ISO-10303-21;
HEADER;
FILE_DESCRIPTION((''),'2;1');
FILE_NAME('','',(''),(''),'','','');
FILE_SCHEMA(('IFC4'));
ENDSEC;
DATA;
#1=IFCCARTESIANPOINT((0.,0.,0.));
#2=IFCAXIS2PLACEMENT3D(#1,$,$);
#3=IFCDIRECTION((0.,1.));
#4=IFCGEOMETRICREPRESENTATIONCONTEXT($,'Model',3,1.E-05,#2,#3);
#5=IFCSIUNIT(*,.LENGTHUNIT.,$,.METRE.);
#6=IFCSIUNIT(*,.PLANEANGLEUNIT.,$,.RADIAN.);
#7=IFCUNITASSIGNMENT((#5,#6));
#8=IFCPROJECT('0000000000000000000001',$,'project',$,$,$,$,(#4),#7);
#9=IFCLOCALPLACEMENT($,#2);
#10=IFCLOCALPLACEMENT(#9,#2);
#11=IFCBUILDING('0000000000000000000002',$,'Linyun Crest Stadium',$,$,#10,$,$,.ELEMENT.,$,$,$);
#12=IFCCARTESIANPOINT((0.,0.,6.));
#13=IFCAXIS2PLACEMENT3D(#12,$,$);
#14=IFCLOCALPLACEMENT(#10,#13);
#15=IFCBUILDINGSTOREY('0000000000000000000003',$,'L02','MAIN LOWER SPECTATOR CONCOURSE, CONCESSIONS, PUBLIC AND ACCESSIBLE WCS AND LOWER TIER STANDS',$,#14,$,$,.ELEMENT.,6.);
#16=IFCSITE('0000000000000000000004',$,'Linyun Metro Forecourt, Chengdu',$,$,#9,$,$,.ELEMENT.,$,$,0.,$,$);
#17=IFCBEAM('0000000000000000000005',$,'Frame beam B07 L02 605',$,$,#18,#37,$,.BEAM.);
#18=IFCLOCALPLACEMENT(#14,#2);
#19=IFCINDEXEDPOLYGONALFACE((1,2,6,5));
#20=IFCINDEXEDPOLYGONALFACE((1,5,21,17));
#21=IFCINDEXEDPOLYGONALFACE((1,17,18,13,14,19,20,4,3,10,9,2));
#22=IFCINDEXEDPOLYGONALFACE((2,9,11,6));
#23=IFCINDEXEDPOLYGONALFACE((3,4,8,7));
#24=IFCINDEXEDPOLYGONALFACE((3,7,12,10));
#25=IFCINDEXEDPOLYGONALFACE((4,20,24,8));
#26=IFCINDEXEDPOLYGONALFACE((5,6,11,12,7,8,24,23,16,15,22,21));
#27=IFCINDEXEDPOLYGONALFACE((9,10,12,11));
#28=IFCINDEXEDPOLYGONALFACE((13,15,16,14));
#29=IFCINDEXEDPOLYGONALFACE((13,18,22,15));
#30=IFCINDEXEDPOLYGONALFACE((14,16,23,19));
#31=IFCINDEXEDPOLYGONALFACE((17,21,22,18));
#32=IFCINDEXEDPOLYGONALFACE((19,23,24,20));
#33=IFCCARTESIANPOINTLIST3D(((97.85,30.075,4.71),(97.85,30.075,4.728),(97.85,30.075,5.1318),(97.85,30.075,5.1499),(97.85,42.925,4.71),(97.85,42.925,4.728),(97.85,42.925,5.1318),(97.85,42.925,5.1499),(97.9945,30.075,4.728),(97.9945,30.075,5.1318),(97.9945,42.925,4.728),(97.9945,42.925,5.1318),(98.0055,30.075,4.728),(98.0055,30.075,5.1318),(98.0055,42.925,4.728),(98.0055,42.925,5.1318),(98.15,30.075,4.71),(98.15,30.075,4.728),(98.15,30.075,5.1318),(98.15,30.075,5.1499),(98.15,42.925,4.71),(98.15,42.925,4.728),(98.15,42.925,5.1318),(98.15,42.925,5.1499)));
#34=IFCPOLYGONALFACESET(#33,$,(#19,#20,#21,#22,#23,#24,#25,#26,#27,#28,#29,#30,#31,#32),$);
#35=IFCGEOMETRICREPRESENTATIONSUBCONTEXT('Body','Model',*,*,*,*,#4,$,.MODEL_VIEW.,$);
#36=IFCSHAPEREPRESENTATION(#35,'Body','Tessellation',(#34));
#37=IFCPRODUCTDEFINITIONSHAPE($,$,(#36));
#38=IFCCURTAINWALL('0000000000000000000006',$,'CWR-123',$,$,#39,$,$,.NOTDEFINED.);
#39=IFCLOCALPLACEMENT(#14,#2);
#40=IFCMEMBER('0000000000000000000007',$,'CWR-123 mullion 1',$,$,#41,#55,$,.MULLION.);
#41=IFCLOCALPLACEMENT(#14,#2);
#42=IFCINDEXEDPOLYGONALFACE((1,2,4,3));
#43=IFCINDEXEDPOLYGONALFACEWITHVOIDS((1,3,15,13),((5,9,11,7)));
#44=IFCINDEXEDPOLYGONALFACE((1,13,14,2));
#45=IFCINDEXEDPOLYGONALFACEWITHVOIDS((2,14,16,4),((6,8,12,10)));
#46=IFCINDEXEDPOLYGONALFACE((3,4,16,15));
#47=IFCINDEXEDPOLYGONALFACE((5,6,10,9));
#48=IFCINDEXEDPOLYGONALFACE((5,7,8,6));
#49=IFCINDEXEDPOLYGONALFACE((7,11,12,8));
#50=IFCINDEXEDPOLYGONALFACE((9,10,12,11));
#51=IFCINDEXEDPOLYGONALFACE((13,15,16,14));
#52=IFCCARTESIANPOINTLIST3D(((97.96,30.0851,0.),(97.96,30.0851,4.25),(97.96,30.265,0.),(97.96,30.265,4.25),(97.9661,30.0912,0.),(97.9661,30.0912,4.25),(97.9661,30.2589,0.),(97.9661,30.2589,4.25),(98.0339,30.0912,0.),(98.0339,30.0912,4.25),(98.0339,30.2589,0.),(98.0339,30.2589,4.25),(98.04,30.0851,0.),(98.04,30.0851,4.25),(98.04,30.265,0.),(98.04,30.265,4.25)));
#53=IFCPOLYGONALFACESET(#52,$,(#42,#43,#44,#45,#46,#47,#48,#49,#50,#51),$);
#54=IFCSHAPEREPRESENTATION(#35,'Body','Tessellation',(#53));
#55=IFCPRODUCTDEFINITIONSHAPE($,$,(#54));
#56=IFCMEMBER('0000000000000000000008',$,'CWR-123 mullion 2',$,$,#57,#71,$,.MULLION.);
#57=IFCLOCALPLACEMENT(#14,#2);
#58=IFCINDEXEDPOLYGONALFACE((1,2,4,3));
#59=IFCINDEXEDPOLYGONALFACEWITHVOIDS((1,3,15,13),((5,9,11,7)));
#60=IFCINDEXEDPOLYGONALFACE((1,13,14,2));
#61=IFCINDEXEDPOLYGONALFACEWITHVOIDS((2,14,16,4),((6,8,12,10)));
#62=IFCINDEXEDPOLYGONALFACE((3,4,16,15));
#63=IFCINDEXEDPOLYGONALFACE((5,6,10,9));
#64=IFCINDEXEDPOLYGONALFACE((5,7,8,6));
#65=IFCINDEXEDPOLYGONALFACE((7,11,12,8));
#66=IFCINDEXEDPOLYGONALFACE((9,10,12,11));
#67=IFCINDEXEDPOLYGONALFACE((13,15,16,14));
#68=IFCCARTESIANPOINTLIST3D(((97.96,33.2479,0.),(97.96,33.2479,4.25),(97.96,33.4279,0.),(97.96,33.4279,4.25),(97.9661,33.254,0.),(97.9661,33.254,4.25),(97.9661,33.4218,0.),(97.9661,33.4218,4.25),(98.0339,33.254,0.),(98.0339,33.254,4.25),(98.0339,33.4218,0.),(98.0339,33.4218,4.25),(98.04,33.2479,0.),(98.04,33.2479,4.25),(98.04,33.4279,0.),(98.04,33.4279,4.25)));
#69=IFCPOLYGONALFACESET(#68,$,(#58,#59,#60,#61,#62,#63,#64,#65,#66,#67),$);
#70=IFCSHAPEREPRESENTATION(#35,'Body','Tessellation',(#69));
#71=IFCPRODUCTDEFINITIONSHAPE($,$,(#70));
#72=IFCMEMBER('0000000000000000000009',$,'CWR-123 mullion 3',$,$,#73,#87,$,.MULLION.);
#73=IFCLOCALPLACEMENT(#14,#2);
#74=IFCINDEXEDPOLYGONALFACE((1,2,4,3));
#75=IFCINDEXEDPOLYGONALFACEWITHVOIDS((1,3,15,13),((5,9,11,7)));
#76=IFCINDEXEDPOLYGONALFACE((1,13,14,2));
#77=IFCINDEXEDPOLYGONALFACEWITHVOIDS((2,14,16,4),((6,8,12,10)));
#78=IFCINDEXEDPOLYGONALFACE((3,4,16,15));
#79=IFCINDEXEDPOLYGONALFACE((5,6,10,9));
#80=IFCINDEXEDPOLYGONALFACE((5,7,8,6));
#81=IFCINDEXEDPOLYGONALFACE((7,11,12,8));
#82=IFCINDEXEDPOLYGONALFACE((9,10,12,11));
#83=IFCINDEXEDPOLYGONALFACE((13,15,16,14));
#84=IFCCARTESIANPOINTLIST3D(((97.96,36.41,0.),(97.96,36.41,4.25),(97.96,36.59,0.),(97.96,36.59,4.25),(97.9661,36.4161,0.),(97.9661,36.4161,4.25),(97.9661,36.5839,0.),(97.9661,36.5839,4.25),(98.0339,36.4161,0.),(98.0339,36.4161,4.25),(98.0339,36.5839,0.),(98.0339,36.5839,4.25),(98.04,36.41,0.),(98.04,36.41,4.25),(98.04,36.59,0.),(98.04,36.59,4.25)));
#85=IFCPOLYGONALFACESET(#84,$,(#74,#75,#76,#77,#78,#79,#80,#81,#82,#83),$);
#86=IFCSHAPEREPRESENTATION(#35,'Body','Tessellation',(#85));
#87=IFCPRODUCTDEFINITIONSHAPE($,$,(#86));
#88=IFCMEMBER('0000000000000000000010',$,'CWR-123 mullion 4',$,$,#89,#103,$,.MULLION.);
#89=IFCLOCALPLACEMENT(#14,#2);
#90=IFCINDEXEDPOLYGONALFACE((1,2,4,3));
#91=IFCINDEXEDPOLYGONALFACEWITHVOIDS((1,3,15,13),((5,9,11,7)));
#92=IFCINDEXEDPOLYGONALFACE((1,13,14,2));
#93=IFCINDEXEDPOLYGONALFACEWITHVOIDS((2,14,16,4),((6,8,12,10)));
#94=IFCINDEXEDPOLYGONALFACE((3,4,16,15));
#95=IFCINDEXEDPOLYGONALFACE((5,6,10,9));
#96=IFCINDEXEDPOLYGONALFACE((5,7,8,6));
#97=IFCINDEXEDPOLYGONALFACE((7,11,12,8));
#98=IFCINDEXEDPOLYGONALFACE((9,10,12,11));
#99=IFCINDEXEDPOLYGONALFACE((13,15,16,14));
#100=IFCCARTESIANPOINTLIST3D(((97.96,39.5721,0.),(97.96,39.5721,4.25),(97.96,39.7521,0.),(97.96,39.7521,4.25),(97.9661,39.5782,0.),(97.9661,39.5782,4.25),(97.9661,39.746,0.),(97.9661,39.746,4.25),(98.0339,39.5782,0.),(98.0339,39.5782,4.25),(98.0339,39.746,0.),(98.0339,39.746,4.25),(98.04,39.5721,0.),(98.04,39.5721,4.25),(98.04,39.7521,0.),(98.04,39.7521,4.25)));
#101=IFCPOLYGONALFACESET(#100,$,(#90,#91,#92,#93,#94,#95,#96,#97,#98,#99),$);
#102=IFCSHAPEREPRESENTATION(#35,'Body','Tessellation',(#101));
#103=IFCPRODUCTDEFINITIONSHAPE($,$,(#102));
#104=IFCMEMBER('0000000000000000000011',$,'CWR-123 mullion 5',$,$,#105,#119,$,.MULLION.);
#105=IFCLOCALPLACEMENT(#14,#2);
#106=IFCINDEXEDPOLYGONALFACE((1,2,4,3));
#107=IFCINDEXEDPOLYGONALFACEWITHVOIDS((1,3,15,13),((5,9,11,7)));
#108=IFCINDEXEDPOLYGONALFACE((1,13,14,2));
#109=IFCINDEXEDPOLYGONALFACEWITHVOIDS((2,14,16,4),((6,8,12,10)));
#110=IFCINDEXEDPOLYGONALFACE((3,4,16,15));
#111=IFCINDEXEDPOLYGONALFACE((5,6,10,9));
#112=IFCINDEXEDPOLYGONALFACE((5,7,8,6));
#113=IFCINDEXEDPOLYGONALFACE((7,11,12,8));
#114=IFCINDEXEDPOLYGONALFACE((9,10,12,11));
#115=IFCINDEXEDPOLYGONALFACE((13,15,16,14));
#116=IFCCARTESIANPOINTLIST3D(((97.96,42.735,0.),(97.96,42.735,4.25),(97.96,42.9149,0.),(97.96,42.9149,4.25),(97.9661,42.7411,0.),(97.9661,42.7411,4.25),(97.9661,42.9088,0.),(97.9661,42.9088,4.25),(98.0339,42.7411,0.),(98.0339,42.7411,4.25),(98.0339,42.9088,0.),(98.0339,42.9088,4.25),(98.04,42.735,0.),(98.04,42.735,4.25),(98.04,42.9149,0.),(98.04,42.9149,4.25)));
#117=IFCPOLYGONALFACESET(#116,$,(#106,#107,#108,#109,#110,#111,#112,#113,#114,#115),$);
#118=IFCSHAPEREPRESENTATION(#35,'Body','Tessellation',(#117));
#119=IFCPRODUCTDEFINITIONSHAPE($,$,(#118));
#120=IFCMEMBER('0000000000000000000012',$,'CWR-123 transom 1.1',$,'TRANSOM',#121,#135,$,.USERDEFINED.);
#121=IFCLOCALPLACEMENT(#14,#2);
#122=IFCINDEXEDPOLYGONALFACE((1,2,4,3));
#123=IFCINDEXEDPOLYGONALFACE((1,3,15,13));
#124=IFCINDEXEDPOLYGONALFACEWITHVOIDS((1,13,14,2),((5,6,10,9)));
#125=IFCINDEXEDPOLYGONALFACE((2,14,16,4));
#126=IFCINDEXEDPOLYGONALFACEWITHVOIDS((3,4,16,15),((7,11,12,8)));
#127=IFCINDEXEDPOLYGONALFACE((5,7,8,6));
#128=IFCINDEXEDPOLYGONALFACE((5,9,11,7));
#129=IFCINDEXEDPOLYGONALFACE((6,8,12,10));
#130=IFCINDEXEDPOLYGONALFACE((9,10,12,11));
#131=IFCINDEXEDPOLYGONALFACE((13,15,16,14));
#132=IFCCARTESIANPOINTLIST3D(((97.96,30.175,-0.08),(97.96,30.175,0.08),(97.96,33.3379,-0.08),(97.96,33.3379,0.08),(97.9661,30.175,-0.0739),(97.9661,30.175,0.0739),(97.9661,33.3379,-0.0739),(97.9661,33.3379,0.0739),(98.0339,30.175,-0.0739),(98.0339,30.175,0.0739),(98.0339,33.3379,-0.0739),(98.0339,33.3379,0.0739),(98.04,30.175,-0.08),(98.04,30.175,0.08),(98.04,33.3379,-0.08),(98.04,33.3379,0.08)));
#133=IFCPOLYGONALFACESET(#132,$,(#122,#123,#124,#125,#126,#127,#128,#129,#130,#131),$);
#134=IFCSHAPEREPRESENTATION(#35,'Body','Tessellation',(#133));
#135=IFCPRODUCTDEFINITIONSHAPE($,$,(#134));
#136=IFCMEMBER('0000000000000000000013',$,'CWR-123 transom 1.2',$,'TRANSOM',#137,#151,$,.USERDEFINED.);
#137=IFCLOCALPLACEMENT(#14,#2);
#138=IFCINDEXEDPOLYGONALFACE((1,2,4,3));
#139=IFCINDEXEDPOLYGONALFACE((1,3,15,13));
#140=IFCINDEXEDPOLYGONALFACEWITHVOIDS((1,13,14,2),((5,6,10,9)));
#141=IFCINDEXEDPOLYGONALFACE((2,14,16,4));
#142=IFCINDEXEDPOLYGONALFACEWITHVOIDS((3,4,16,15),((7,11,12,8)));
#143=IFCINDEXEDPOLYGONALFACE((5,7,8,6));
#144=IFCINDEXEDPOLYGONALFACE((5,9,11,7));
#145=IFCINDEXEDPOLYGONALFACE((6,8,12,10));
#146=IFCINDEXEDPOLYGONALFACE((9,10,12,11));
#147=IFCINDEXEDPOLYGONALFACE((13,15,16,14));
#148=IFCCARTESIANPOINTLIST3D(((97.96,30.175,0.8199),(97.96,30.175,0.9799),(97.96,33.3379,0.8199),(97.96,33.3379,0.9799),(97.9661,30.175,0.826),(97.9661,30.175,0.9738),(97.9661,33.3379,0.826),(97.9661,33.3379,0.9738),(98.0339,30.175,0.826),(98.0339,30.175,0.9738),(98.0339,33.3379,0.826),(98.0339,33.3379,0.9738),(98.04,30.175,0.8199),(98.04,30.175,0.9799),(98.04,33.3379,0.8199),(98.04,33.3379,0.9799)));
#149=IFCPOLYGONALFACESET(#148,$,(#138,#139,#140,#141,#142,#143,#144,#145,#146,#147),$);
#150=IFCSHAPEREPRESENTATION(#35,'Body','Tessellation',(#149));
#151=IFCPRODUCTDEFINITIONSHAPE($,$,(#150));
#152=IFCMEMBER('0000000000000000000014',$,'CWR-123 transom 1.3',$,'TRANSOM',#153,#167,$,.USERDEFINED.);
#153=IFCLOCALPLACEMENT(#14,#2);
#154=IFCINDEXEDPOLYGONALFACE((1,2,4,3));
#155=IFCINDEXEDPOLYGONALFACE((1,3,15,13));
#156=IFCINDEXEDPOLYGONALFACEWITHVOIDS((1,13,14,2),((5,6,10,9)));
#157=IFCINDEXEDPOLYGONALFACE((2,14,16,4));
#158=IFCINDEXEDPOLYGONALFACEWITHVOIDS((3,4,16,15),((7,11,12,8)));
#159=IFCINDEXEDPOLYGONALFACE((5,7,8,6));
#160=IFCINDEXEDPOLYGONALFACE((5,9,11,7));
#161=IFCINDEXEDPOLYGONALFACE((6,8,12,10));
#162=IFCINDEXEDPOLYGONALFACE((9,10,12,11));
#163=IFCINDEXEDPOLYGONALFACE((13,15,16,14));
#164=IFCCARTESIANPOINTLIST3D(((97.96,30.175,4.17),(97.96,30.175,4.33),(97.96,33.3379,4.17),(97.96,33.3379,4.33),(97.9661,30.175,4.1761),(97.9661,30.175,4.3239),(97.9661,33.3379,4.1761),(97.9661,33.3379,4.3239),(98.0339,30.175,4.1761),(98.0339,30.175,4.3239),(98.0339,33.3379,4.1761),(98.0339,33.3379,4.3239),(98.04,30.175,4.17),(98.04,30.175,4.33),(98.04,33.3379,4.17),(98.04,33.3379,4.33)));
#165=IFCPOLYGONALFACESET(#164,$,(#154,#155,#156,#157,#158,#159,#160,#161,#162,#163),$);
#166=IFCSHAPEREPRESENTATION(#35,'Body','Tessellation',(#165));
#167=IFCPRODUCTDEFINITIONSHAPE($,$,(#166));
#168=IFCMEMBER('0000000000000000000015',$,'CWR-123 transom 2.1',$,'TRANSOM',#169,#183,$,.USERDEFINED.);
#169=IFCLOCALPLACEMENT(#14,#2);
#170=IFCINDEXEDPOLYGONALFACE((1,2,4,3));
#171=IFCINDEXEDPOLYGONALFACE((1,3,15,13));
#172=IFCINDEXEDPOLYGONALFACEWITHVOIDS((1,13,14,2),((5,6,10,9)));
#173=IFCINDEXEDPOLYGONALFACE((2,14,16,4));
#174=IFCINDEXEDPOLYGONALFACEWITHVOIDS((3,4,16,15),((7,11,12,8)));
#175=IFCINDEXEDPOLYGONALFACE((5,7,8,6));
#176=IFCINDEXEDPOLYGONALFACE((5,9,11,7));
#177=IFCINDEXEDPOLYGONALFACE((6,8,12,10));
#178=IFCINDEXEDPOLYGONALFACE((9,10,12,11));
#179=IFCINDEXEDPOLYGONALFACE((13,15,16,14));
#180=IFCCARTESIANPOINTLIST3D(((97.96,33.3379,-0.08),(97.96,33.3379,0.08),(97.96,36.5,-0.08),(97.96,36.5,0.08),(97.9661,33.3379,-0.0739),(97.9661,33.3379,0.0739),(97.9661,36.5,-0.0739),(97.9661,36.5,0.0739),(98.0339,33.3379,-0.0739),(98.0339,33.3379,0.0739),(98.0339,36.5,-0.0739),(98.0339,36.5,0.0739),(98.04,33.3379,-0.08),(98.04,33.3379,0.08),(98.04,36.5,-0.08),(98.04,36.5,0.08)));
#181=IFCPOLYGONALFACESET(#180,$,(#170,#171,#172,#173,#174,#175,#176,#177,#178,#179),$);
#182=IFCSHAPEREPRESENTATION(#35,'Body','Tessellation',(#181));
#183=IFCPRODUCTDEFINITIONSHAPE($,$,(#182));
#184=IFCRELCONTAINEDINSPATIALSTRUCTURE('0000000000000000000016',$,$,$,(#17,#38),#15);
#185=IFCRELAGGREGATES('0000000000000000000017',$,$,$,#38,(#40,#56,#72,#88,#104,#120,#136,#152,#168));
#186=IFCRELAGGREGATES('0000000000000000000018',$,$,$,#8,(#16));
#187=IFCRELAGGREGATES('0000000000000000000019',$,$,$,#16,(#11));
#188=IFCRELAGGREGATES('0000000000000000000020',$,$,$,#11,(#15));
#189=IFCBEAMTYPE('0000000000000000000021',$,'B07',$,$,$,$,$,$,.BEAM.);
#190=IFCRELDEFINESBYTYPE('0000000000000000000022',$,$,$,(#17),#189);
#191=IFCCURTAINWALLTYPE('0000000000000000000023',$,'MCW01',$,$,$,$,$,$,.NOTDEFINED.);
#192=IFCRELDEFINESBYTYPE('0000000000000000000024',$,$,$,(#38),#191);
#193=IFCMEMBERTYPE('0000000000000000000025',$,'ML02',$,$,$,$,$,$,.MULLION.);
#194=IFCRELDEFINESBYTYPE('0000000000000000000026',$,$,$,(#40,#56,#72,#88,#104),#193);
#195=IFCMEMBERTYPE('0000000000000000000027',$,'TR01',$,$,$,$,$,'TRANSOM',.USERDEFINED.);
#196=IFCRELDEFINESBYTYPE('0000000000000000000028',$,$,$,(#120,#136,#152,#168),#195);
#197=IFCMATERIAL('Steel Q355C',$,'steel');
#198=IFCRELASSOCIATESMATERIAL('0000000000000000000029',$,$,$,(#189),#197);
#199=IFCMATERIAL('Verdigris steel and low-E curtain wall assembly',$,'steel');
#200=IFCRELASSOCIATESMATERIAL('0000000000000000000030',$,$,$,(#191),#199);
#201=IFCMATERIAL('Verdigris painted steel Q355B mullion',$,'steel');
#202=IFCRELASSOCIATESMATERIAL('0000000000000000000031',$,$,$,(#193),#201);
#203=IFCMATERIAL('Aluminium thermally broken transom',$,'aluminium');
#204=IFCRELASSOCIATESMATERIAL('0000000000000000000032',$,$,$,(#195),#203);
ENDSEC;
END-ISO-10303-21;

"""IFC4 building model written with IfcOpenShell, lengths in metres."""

from ifc_helpers import new_model, si_unit, direction, frame, origin, origin_2d, place, context, subcontext, project, spatial, hollow_rectangle, i_section, extrude, material, material_profile, profile_set, type_object, element, aggregate, save


model = new_model("IFC4")

# Units and contexts
model_context = context("Model", 3, precision=1e-05, world=origin(), true_north=direction((0.0, 1.0)))
body_context = subcontext(model_context, "Body", "Model", "MODEL_VIEW")
ifc_project = project(units=[si_unit("LENGTHUNIT", "METRE"), si_unit("PLANEANGLEUNIT", "RADIAN")], contexts=[model_context])

# Site, building, storey
site_placement = place(None, origin())
site = spatial("IfcSite", under=ifc_project, at=site_placement, Name="Linyun Metro Forecourt, Chengdu", CompositionType="ELEMENT", RefElevation=0.0)
building_placement = place(site_placement, origin())
building = spatial("IfcBuilding", under=site, at=building_placement, Name="Linyun Crest Stadium", CompositionType="ELEMENT")
storey_placement = place(building_placement, frame((0.0, 0.0, 6.0)))
storey = spatial("IfcBuildingStorey", under=building, at=storey_placement, Name="L02", Description="MAIN LOWER SPECTATOR CONCOURSE, CONCESSIONS, PUBLIC AND ACCESSIBLE WCS AND LOWER TIER STANDS", CompositionType="ELEMENT", Elevation=6.0)

# Beam
ifc_material_1 = material(Name="Steel Q355C", Category="steel")
ifc_material_profile_1 = material_profile(ifc_material_1, i_section(OverallWidth=0.3, OverallDepth=0.4399, WebThickness=0.011, FlangeThickness=0.0181, at=origin_2d()), Name="HM 440x300")
ifc_profile_set_1 = profile_set([ifc_material_profile_1], Name="Steel Q355C")
beam_type = type_object("IfcBeamType", Name="B07", PredefinedType="BEAM", material=ifc_profile_set_1)
beam_placement = place(storey_placement, frame((98.0, 30.075, 4.9299), z_axis=(0.0, 1.0, 0.0), x_axis=(-1.0, 0.0, 0.0)))
element("IfcBeam", 1, at=beam_placement, inside=storey, type_object=beam_type, Name="Frame beam B07 L02 605", PredefinedType="BEAM", context=body_context, shape_type="SweptSolid", body=[
    extrude(i_section(OverallWidth=0.3, OverallDepth=0.4399, WebThickness=0.011, FlangeThickness=0.0181, at=origin_2d()), origin(), (0.0, 0.0, 1.0), 12.8501),
])

# Curtain wall, members
ifc_material_2 = material(Name="Verdigris steel and low-E curtain wall assembly", Category="steel")
curtain_wall_type = type_object("IfcCurtainWallType", Name="MCW01", PredefinedType="NOTDEFINED", material=ifc_material_2)
curtain_wall_placement = place(storey_placement, origin())
curtain_wall = element("IfcCurtainWall", 2, at=curtain_wall_placement, inside=storey, type_object=curtain_wall_type, Name="CWR-123", PredefinedType="NOTDEFINED")
ifc_material_3 = material(Name="Verdigris painted steel Q355B mullion", Category="steel")
ifc_material_profile_2 = material_profile(ifc_material_3, hollow_rectangle(XDim=0.0801, YDim=0.1799, WallThickness=0.0061, at=origin_2d()), Name="RHS 180x80x6")
ifc_profile_set_2 = profile_set([ifc_material_profile_2], Name="Verdigris painted steel Q355B mullion")
member_type_1 = type_object("IfcMemberType", Name="ML02", PredefinedType="MULLION", material=ifc_profile_set_2)
member_1_placement = place(storey_placement, frame((98.0, 30.175, 0.0), z_axis=(0.0, 0.0, 1.0), x_axis=(-1.0, 0.0, 0.0)))
member_1 = element("IfcMember", 3, at=member_1_placement, type_object=member_type_1, Name="CWR-123 mullion 1", PredefinedType="MULLION", context=body_context, shape_type="SweptSolid", body=[
    extrude(hollow_rectangle(XDim=0.0801, YDim=0.1799, WallThickness=0.0061, at=origin_2d()), origin(), (0.0, 0.0, 1.0), 4.25),
])
member_2_placement = place(storey_placement, frame((98.0, 33.3379, 0.0), z_axis=(0.0, 0.0, 1.0), x_axis=(-1.0, 0.0, 0.0)))
member_2 = element("IfcMember", 4, at=member_2_placement, type_object=member_type_1, Name="CWR-123 mullion 2", PredefinedType="MULLION", context=body_context, shape_type="SweptSolid", body=[
    extrude(hollow_rectangle(XDim=0.0801, YDim=0.1799, WallThickness=0.0061, at=origin_2d()), origin(), (0.0, 0.0, 1.0), 4.25),
])
member_3_placement = place(storey_placement, frame((98.0, 36.5, 0.0), z_axis=(0.0, 0.0, 1.0), x_axis=(-1.0, 0.0, 0.0)))
member_3 = element("IfcMember", 5, at=member_3_placement, type_object=member_type_1, Name="CWR-123 mullion 3", PredefinedType="MULLION", context=body_context, shape_type="SweptSolid", body=[
    extrude(hollow_rectangle(XDim=0.0801, YDim=0.1799, WallThickness=0.0061, at=origin_2d()), origin(), (0.0, 0.0, 1.0), 4.25),
])
member_4_placement = place(storey_placement, frame((98.0, 39.6621, 0.0), z_axis=(0.0, 0.0, 1.0), x_axis=(-1.0, 0.0, 0.0)))
member_4 = element("IfcMember", 6, at=member_4_placement, type_object=member_type_1, Name="CWR-123 mullion 4", PredefinedType="MULLION", context=body_context, shape_type="SweptSolid", body=[
    extrude(hollow_rectangle(XDim=0.0801, YDim=0.1799, WallThickness=0.0061, at=origin_2d()), origin(), (0.0, 0.0, 1.0), 4.25),
])
member_5_placement = place(storey_placement, frame((98.0, 42.825, 0.0), z_axis=(0.0, 0.0, 1.0), x_axis=(-1.0, 0.0, 0.0)))
member_5 = element("IfcMember", 7, at=member_5_placement, type_object=member_type_1, Name="CWR-123 mullion 5", PredefinedType="MULLION", context=body_context, shape_type="SweptSolid", body=[
    extrude(hollow_rectangle(XDim=0.0801, YDim=0.1799, WallThickness=0.0061, at=origin_2d()), origin(), (0.0, 0.0, 1.0), 4.25),
])
ifc_material_4 = material(Name="Aluminium thermally broken transom", Category="aluminium")
ifc_material_profile_3 = material_profile(ifc_material_4, hollow_rectangle(XDim=0.0801, YDim=0.1599, WallThickness=0.0061, at=origin_2d()), Name="RHS 160x80x6")
ifc_profile_set_3 = profile_set([ifc_material_profile_3], Name="Aluminium thermally broken transom")
member_type_2 = type_object("IfcMemberType", Name="TR01", ElementType="TRANSOM", PredefinedType="USERDEFINED", material=ifc_profile_set_3)
member_6_placement = place(storey_placement, frame((98.0, 30.175, 0.0), z_axis=(0.0, 1.0, 0.0), x_axis=(-1.0, 0.0, 0.0)))
member_6 = element("IfcMember", 8, at=member_6_placement, type_object=member_type_2, Name="CWR-123 transom 1.1", ObjectType="TRANSOM", PredefinedType="USERDEFINED", context=body_context, shape_type="SweptSolid", body=[
    extrude(hollow_rectangle(XDim=0.0801, YDim=0.1599, WallThickness=0.0061, at=origin_2d()), origin(), (0.0, 0.0, 1.0), 3.1628),
])
member_7_placement = place(storey_placement, frame((98.0, 30.175, 0.8999), z_axis=(0.0, 1.0, 0.0), x_axis=(-1.0, 0.0, 0.0)))
member_7 = element("IfcMember", 9, at=member_7_placement, type_object=member_type_2, Name="CWR-123 transom 1.2", ObjectType="TRANSOM", PredefinedType="USERDEFINED", context=body_context, shape_type="SweptSolid", body=[
    extrude(hollow_rectangle(XDim=0.0801, YDim=0.1599, WallThickness=0.0061, at=origin_2d()), origin(), (0.0, 0.0, 1.0), 3.1628),
])
member_8_placement = place(storey_placement, frame((98.0, 30.175, 4.25), z_axis=(0.0, 1.0, 0.0), x_axis=(-1.0, 0.0, 0.0)))
member_8 = element("IfcMember", 10, at=member_8_placement, type_object=member_type_2, Name="CWR-123 transom 1.3", ObjectType="TRANSOM", PredefinedType="USERDEFINED", context=body_context, shape_type="SweptSolid", body=[
    extrude(hollow_rectangle(XDim=0.0801, YDim=0.1599, WallThickness=0.0061, at=origin_2d()), origin(), (0.0, 0.0, 1.0), 3.1628),
])
member_9_placement = place(storey_placement, frame((98.0, 33.3379, 0.0), z_axis=(0.0, 1.0, 0.0), x_axis=(-1.0, 0.0, 0.0)))
member_9 = element("IfcMember", 11, at=member_9_placement, type_object=member_type_2, Name="CWR-123 transom 2.1", ObjectType="TRANSOM", PredefinedType="USERDEFINED", context=body_context, shape_type="SweptSolid", body=[
    extrude(hollow_rectangle(XDim=0.0801, YDim=0.1599, WallThickness=0.0061, at=origin_2d()), origin(), (0.0, 0.0, 1.0), 3.1621),
])
aggregate(curtain_wall, [member_1, member_2, member_3, member_4, member_5, member_6, member_7, member_8, member_9])

save(model, "model.ifc")
